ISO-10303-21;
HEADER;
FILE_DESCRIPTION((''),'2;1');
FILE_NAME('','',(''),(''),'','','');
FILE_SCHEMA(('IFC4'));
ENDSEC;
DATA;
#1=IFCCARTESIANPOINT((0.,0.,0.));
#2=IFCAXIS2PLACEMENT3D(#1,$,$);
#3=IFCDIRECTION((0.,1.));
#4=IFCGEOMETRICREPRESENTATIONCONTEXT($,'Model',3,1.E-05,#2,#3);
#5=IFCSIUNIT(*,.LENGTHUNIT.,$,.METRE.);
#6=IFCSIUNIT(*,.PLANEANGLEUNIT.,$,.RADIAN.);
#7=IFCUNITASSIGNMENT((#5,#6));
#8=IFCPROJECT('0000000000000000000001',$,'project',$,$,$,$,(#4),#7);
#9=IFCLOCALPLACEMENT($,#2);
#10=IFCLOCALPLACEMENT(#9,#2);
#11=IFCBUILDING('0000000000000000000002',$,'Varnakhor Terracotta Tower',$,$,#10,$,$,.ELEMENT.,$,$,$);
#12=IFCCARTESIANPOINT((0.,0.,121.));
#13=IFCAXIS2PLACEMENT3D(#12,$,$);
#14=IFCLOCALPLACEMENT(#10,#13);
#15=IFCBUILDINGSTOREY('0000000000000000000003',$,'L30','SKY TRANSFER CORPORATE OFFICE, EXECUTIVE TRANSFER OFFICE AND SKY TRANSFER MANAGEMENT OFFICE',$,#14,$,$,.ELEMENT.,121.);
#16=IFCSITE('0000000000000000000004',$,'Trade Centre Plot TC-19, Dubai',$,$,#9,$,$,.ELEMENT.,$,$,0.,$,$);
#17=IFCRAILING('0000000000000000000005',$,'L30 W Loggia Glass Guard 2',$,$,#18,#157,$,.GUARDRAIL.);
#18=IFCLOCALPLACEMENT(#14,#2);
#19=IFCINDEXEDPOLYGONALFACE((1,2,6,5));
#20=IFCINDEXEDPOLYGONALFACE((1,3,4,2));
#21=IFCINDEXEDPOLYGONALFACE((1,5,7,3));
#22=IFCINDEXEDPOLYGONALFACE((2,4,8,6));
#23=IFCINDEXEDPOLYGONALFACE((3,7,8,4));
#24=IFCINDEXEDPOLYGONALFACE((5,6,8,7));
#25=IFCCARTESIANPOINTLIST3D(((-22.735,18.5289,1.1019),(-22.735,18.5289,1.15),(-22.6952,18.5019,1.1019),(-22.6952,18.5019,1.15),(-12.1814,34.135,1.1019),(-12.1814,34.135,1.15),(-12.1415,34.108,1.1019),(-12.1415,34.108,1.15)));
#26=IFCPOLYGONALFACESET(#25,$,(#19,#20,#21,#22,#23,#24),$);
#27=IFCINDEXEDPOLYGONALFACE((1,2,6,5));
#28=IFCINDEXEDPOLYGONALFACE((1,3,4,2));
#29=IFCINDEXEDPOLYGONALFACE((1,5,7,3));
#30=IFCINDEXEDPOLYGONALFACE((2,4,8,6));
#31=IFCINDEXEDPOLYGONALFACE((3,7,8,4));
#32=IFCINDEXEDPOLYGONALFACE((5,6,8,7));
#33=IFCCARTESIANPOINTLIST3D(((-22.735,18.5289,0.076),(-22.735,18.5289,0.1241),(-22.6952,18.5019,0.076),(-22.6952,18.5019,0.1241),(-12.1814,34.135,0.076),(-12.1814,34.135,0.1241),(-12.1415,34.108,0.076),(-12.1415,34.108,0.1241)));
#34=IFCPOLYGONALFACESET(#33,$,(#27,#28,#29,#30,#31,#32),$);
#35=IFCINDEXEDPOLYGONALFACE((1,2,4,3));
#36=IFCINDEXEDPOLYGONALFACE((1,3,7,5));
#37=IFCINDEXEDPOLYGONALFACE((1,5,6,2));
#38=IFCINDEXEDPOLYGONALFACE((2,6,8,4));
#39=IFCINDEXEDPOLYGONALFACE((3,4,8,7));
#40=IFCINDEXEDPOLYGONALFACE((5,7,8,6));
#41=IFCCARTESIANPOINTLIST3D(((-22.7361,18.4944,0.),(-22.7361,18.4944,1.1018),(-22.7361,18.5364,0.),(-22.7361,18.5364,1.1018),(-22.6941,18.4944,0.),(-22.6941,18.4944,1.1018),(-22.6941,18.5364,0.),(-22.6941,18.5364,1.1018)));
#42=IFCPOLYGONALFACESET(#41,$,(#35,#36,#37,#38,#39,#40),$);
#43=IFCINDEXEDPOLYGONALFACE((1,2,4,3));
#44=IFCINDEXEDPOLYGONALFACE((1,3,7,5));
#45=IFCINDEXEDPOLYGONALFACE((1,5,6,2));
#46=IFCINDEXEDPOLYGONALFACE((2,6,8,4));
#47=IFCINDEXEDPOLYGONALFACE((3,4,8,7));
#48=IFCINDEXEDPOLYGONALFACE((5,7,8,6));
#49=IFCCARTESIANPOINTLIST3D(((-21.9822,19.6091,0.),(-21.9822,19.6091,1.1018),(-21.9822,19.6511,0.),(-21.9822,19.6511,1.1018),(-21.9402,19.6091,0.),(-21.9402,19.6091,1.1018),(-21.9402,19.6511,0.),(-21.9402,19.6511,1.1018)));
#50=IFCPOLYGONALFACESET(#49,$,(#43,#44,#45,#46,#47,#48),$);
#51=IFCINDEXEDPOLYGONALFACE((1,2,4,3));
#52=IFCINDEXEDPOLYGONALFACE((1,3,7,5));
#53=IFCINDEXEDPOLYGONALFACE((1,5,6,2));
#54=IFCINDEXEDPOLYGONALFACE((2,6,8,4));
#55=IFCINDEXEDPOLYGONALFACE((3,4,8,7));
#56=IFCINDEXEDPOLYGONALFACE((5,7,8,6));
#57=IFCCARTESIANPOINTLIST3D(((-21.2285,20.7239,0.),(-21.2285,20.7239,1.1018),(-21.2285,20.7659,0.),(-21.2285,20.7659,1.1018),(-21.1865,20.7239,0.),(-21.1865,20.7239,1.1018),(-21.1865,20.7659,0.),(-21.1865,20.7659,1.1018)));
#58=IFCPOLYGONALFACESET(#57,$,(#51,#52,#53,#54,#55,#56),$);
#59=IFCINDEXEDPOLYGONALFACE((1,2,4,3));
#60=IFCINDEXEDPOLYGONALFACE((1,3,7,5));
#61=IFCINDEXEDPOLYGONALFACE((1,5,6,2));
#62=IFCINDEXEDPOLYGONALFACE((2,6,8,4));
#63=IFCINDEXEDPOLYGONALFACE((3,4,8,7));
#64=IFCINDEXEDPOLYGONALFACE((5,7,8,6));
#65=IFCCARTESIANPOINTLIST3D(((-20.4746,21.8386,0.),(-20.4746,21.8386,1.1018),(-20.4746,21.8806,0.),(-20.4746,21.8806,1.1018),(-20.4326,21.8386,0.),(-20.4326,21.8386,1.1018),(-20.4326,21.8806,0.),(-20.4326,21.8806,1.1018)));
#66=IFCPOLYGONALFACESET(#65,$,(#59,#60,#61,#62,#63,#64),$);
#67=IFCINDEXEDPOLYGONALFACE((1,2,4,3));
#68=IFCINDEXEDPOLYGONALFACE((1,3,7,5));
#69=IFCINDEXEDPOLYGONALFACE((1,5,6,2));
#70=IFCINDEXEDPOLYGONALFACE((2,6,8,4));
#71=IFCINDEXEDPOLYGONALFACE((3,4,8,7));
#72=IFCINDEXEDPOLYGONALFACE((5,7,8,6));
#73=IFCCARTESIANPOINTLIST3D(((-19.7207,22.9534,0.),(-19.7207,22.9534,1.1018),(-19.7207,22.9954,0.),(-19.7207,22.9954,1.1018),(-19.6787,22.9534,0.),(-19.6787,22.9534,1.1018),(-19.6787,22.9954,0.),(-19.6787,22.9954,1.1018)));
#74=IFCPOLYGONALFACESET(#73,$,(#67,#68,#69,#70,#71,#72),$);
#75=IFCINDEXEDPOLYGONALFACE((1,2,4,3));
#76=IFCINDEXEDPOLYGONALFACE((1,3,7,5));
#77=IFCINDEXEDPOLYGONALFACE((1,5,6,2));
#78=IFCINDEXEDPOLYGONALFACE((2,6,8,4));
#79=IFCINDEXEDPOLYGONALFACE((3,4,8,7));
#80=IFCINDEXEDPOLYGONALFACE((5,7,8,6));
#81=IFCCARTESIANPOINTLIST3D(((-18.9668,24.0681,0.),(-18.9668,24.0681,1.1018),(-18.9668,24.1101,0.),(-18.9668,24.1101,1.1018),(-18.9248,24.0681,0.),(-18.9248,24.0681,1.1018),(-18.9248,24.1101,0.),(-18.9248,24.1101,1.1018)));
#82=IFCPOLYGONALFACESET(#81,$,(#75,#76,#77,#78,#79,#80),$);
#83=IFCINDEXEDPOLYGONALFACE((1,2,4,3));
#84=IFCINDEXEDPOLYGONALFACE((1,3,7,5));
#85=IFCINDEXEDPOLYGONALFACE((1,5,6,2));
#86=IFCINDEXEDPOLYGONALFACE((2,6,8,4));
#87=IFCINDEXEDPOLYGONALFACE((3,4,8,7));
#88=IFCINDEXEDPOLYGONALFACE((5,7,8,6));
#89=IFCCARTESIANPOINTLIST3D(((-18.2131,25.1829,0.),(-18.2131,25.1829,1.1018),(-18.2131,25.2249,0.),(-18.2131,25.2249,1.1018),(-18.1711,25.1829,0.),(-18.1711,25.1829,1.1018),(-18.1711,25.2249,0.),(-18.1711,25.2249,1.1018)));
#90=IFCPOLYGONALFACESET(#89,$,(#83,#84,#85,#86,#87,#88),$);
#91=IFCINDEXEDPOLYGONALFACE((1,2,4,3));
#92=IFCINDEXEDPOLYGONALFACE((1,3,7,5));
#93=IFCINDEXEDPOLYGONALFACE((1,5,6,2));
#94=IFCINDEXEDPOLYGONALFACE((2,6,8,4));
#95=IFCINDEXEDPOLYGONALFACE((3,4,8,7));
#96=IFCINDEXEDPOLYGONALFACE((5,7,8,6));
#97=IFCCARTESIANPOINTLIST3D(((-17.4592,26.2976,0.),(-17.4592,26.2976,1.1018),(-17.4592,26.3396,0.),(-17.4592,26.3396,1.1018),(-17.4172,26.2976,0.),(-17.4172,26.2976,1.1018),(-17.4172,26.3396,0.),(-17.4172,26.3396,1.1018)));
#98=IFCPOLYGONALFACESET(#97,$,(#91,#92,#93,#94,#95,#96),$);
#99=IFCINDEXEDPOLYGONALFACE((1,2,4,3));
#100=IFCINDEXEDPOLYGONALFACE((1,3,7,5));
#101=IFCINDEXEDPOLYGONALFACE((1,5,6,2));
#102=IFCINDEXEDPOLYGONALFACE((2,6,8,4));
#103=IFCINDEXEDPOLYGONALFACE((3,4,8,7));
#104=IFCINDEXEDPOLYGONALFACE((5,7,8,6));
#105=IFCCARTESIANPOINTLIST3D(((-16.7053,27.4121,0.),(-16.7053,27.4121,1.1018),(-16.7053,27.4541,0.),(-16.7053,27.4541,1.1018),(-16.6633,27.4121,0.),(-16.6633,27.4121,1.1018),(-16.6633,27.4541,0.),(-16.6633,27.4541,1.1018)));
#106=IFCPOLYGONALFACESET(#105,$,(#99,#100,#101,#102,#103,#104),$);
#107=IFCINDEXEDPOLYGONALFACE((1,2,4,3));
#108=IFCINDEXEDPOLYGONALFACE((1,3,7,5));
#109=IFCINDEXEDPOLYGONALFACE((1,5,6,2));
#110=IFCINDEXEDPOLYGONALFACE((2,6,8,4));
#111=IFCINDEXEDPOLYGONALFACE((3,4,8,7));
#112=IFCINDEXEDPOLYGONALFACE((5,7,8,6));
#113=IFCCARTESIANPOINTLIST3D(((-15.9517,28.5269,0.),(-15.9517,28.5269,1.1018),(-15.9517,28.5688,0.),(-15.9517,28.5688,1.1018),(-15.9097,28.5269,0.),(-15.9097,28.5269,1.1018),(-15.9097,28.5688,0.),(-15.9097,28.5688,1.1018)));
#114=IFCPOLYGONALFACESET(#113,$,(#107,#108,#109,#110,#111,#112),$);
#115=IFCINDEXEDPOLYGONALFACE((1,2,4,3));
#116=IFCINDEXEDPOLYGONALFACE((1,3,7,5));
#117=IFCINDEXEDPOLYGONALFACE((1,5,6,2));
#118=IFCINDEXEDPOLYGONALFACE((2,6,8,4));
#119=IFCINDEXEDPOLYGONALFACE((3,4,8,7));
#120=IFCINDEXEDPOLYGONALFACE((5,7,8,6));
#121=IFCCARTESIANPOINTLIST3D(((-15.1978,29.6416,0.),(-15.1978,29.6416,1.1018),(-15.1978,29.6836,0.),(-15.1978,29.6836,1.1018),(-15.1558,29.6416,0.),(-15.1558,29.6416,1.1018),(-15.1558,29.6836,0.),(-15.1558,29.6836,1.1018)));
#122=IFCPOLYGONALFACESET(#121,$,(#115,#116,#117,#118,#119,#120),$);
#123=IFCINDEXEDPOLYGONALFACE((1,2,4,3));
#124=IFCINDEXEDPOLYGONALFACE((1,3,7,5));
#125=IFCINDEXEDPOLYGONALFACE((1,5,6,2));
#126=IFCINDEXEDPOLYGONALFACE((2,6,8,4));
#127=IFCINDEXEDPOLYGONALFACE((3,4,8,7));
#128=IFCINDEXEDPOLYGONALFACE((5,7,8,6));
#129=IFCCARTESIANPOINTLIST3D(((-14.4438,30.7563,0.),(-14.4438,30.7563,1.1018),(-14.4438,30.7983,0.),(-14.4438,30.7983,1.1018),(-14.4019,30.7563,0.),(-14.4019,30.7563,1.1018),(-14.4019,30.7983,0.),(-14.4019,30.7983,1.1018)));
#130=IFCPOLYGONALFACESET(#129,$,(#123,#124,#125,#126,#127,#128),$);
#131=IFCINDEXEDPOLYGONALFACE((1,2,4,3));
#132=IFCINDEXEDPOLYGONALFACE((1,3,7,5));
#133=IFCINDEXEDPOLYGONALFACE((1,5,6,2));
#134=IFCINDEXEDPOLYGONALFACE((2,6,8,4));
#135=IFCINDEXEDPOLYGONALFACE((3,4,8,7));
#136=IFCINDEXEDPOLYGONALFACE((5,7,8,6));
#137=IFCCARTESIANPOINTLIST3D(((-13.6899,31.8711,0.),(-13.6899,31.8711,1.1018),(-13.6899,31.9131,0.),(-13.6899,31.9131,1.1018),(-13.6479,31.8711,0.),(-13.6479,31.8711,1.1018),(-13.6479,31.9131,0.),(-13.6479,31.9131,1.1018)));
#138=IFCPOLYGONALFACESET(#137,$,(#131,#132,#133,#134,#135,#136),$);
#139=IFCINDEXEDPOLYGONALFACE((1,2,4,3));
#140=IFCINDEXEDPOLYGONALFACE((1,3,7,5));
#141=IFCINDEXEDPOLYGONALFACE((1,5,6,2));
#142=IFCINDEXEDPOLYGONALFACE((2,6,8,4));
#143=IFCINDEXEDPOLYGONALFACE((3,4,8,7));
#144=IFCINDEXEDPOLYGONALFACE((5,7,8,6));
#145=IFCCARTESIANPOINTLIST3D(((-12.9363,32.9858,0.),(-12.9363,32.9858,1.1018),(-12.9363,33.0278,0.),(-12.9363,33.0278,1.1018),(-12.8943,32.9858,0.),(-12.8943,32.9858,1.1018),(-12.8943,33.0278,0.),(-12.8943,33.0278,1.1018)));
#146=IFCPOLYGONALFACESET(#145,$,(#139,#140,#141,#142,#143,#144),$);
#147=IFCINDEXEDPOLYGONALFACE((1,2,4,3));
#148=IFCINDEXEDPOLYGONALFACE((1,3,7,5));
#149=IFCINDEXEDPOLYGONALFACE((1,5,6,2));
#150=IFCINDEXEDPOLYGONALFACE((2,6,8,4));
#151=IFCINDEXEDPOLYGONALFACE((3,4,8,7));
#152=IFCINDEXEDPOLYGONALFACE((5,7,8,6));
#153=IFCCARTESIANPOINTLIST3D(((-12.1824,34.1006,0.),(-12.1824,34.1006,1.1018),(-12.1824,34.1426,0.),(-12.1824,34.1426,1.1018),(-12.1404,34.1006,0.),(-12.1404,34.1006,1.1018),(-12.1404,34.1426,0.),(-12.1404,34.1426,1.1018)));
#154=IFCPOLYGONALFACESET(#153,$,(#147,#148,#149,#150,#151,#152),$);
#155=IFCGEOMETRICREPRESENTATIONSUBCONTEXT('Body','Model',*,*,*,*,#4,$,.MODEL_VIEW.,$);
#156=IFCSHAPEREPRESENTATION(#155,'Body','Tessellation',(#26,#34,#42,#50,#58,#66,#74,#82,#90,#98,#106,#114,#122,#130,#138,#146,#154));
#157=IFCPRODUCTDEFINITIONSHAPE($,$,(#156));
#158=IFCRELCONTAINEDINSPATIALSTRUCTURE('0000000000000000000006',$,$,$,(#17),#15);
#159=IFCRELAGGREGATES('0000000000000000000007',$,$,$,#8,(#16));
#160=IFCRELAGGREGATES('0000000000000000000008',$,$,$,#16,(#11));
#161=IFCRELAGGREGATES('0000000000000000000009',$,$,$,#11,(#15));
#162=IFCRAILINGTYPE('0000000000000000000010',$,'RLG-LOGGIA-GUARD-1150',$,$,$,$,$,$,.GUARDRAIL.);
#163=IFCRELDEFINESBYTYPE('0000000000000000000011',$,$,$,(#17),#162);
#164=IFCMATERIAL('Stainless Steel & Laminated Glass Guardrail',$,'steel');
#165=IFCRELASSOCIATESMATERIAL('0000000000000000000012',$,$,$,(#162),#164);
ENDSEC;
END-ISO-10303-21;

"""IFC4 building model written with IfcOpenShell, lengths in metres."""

from ifc_helpers import new_model, si_unit, direction, frame, origin, origin_2d, place, context, subcontext, project, spatial, rectangle, extrude, material, type_object, element, save


model = new_model("IFC4")

# Units and contexts
model_context = context("Model", 3, precision=1e-05, world=origin(), true_north=direction((0.0, 1.0)))
body_context = subcontext(model_context, "Body", "Model", "MODEL_VIEW")
ifc_project = project(units=[si_unit("LENGTHUNIT", "METRE"), si_unit("PLANEANGLEUNIT", "RADIAN")], contexts=[model_context])

# Site, building, storey
site_placement = place(None, origin())
site = spatial("IfcSite", under=ifc_project, at=site_placement, Name="Trade Centre Plot TC-19, Dubai", CompositionType="ELEMENT", RefElevation=0.0)
building_placement = place(site_placement, origin())
building = spatial("IfcBuilding", under=site, at=building_placement, Name="Varnakhor Terracotta Tower", CompositionType="ELEMENT")
storey_placement = place(building_placement, frame((0.0, 0.0, 121.0)))
storey = spatial("IfcBuildingStorey", under=building, at=storey_placement, Name="L30", Description="SKY TRANSFER CORPORATE OFFICE, EXECUTIVE TRANSFER OFFICE AND SKY TRANSFER MANAGEMENT OFFICE", CompositionType="ELEMENT", Elevation=121.0)

# Railing
ifc_material_1 = material(Name="Stainless Steel & Laminated Glass Guardrail", Category="steel")
railing_type = type_object("IfcRailingType", Name="RLG-LOGGIA-GUARD-1150", PredefinedType="GUARDRAIL", material=ifc_material_1)
railing_1_placement = place(storey_placement, frame((-22.7151, 18.5154, 0.0)))
element("IfcRailing", 1, at=railing_1_placement, inside=storey, type_object=railing_type, Name="L30 W Loggia Glass Guard 2", PredefinedType="GUARDRAIL", context=body_context, shape_type="SweptSolid", body=[
    extrude(rectangle(XDim=0.0481, YDim=0.0481, at=origin_2d()), frame((0.0, 0.0, 1.126), z_axis=(0.560185, 0.828368, 0.0), x_axis=(-0.828368, 0.560185, 0.0)), (0.0, 0.0, 1.0), 18.8396),
    extrude(rectangle(XDim=0.0481, YDim=0.0481, at=origin_2d()), frame((0.0, 0.0, 0.1001), z_axis=(0.560185, 0.828368, 0.0), x_axis=(-0.828368, 0.560185, 0.0)), (0.0, 0.0, 1.0), 18.8396),
    extrude(rectangle(XDim=0.042, YDim=0.042, at=origin_2d()), origin(), (0.0, 0.0, 1.0), 1.1018),
    extrude(rectangle(XDim=0.042, YDim=0.042, at=origin_2d()), frame((0.7539, 1.1147, 0.0)), (0.0, 0.0, 1.0), 1.1018),
    extrude(rectangle(XDim=0.042, YDim=0.042, at=origin_2d()), frame((1.5076, 2.2295, 0.0)), (0.0, 0.0, 1.0), 1.1018),
    extrude(rectangle(XDim=0.042, YDim=0.042, at=origin_2d()), frame((2.2615, 3.3442, 0.0)), (0.0, 0.0, 1.0), 1.1018),
    extrude(rectangle(XDim=0.042, YDim=0.042, at=origin_2d()), frame((3.0154, 4.459, 0.0)), (0.0, 0.0, 1.0), 1.1018),
    extrude(rectangle(XDim=0.042, YDim=0.042, at=origin_2d()), frame((3.7693, 5.5737, 0.0)), (0.0, 0.0, 1.0), 1.1018),
    extrude(rectangle(XDim=0.042, YDim=0.042, at=origin_2d()), frame((4.5229, 6.6885, 0.0)), (0.0, 0.0, 1.0), 1.1018),
    extrude(rectangle(XDim=0.042, YDim=0.042, at=origin_2d()), frame((5.2769, 7.8032, 0.0)), (0.0, 0.0, 1.0), 1.1018),
    extrude(rectangle(XDim=0.042, YDim=0.042, at=origin_2d()), frame((6.0308, 8.9177, 0.0)), (0.0, 0.0, 1.0), 1.1018),
    extrude(rectangle(XDim=0.042, YDim=0.042, at=origin_2d()), frame((6.7844, 10.0325, 0.0)), (0.0, 0.0, 1.0), 1.1018),
    extrude(rectangle(XDim=0.042, YDim=0.042, at=origin_2d()), frame((7.5383, 11.1472, 0.0)), (0.0, 0.0, 1.0), 1.1018),
    extrude(rectangle(XDim=0.042, YDim=0.042, at=origin_2d()), frame((8.2922, 12.262, 0.0)), (0.0, 0.0, 1.0), 1.1018),
    extrude(rectangle(XDim=0.042, YDim=0.042, at=origin_2d()), frame((9.0461, 13.3767, 0.0)), (0.0, 0.0, 1.0), 1.1018),
    extrude(rectangle(XDim=0.042, YDim=0.042, at=origin_2d()), frame((9.7998, 14.4915, 0.0)), (0.0, 0.0, 1.0), 1.1018),
    extrude(rectangle(XDim=0.042, YDim=0.042, at=origin_2d()), frame((10.5537, 15.6062, 0.0)), (0.0, 0.0, 1.0), 1.1018),
])

save(model, "model.ifc")
